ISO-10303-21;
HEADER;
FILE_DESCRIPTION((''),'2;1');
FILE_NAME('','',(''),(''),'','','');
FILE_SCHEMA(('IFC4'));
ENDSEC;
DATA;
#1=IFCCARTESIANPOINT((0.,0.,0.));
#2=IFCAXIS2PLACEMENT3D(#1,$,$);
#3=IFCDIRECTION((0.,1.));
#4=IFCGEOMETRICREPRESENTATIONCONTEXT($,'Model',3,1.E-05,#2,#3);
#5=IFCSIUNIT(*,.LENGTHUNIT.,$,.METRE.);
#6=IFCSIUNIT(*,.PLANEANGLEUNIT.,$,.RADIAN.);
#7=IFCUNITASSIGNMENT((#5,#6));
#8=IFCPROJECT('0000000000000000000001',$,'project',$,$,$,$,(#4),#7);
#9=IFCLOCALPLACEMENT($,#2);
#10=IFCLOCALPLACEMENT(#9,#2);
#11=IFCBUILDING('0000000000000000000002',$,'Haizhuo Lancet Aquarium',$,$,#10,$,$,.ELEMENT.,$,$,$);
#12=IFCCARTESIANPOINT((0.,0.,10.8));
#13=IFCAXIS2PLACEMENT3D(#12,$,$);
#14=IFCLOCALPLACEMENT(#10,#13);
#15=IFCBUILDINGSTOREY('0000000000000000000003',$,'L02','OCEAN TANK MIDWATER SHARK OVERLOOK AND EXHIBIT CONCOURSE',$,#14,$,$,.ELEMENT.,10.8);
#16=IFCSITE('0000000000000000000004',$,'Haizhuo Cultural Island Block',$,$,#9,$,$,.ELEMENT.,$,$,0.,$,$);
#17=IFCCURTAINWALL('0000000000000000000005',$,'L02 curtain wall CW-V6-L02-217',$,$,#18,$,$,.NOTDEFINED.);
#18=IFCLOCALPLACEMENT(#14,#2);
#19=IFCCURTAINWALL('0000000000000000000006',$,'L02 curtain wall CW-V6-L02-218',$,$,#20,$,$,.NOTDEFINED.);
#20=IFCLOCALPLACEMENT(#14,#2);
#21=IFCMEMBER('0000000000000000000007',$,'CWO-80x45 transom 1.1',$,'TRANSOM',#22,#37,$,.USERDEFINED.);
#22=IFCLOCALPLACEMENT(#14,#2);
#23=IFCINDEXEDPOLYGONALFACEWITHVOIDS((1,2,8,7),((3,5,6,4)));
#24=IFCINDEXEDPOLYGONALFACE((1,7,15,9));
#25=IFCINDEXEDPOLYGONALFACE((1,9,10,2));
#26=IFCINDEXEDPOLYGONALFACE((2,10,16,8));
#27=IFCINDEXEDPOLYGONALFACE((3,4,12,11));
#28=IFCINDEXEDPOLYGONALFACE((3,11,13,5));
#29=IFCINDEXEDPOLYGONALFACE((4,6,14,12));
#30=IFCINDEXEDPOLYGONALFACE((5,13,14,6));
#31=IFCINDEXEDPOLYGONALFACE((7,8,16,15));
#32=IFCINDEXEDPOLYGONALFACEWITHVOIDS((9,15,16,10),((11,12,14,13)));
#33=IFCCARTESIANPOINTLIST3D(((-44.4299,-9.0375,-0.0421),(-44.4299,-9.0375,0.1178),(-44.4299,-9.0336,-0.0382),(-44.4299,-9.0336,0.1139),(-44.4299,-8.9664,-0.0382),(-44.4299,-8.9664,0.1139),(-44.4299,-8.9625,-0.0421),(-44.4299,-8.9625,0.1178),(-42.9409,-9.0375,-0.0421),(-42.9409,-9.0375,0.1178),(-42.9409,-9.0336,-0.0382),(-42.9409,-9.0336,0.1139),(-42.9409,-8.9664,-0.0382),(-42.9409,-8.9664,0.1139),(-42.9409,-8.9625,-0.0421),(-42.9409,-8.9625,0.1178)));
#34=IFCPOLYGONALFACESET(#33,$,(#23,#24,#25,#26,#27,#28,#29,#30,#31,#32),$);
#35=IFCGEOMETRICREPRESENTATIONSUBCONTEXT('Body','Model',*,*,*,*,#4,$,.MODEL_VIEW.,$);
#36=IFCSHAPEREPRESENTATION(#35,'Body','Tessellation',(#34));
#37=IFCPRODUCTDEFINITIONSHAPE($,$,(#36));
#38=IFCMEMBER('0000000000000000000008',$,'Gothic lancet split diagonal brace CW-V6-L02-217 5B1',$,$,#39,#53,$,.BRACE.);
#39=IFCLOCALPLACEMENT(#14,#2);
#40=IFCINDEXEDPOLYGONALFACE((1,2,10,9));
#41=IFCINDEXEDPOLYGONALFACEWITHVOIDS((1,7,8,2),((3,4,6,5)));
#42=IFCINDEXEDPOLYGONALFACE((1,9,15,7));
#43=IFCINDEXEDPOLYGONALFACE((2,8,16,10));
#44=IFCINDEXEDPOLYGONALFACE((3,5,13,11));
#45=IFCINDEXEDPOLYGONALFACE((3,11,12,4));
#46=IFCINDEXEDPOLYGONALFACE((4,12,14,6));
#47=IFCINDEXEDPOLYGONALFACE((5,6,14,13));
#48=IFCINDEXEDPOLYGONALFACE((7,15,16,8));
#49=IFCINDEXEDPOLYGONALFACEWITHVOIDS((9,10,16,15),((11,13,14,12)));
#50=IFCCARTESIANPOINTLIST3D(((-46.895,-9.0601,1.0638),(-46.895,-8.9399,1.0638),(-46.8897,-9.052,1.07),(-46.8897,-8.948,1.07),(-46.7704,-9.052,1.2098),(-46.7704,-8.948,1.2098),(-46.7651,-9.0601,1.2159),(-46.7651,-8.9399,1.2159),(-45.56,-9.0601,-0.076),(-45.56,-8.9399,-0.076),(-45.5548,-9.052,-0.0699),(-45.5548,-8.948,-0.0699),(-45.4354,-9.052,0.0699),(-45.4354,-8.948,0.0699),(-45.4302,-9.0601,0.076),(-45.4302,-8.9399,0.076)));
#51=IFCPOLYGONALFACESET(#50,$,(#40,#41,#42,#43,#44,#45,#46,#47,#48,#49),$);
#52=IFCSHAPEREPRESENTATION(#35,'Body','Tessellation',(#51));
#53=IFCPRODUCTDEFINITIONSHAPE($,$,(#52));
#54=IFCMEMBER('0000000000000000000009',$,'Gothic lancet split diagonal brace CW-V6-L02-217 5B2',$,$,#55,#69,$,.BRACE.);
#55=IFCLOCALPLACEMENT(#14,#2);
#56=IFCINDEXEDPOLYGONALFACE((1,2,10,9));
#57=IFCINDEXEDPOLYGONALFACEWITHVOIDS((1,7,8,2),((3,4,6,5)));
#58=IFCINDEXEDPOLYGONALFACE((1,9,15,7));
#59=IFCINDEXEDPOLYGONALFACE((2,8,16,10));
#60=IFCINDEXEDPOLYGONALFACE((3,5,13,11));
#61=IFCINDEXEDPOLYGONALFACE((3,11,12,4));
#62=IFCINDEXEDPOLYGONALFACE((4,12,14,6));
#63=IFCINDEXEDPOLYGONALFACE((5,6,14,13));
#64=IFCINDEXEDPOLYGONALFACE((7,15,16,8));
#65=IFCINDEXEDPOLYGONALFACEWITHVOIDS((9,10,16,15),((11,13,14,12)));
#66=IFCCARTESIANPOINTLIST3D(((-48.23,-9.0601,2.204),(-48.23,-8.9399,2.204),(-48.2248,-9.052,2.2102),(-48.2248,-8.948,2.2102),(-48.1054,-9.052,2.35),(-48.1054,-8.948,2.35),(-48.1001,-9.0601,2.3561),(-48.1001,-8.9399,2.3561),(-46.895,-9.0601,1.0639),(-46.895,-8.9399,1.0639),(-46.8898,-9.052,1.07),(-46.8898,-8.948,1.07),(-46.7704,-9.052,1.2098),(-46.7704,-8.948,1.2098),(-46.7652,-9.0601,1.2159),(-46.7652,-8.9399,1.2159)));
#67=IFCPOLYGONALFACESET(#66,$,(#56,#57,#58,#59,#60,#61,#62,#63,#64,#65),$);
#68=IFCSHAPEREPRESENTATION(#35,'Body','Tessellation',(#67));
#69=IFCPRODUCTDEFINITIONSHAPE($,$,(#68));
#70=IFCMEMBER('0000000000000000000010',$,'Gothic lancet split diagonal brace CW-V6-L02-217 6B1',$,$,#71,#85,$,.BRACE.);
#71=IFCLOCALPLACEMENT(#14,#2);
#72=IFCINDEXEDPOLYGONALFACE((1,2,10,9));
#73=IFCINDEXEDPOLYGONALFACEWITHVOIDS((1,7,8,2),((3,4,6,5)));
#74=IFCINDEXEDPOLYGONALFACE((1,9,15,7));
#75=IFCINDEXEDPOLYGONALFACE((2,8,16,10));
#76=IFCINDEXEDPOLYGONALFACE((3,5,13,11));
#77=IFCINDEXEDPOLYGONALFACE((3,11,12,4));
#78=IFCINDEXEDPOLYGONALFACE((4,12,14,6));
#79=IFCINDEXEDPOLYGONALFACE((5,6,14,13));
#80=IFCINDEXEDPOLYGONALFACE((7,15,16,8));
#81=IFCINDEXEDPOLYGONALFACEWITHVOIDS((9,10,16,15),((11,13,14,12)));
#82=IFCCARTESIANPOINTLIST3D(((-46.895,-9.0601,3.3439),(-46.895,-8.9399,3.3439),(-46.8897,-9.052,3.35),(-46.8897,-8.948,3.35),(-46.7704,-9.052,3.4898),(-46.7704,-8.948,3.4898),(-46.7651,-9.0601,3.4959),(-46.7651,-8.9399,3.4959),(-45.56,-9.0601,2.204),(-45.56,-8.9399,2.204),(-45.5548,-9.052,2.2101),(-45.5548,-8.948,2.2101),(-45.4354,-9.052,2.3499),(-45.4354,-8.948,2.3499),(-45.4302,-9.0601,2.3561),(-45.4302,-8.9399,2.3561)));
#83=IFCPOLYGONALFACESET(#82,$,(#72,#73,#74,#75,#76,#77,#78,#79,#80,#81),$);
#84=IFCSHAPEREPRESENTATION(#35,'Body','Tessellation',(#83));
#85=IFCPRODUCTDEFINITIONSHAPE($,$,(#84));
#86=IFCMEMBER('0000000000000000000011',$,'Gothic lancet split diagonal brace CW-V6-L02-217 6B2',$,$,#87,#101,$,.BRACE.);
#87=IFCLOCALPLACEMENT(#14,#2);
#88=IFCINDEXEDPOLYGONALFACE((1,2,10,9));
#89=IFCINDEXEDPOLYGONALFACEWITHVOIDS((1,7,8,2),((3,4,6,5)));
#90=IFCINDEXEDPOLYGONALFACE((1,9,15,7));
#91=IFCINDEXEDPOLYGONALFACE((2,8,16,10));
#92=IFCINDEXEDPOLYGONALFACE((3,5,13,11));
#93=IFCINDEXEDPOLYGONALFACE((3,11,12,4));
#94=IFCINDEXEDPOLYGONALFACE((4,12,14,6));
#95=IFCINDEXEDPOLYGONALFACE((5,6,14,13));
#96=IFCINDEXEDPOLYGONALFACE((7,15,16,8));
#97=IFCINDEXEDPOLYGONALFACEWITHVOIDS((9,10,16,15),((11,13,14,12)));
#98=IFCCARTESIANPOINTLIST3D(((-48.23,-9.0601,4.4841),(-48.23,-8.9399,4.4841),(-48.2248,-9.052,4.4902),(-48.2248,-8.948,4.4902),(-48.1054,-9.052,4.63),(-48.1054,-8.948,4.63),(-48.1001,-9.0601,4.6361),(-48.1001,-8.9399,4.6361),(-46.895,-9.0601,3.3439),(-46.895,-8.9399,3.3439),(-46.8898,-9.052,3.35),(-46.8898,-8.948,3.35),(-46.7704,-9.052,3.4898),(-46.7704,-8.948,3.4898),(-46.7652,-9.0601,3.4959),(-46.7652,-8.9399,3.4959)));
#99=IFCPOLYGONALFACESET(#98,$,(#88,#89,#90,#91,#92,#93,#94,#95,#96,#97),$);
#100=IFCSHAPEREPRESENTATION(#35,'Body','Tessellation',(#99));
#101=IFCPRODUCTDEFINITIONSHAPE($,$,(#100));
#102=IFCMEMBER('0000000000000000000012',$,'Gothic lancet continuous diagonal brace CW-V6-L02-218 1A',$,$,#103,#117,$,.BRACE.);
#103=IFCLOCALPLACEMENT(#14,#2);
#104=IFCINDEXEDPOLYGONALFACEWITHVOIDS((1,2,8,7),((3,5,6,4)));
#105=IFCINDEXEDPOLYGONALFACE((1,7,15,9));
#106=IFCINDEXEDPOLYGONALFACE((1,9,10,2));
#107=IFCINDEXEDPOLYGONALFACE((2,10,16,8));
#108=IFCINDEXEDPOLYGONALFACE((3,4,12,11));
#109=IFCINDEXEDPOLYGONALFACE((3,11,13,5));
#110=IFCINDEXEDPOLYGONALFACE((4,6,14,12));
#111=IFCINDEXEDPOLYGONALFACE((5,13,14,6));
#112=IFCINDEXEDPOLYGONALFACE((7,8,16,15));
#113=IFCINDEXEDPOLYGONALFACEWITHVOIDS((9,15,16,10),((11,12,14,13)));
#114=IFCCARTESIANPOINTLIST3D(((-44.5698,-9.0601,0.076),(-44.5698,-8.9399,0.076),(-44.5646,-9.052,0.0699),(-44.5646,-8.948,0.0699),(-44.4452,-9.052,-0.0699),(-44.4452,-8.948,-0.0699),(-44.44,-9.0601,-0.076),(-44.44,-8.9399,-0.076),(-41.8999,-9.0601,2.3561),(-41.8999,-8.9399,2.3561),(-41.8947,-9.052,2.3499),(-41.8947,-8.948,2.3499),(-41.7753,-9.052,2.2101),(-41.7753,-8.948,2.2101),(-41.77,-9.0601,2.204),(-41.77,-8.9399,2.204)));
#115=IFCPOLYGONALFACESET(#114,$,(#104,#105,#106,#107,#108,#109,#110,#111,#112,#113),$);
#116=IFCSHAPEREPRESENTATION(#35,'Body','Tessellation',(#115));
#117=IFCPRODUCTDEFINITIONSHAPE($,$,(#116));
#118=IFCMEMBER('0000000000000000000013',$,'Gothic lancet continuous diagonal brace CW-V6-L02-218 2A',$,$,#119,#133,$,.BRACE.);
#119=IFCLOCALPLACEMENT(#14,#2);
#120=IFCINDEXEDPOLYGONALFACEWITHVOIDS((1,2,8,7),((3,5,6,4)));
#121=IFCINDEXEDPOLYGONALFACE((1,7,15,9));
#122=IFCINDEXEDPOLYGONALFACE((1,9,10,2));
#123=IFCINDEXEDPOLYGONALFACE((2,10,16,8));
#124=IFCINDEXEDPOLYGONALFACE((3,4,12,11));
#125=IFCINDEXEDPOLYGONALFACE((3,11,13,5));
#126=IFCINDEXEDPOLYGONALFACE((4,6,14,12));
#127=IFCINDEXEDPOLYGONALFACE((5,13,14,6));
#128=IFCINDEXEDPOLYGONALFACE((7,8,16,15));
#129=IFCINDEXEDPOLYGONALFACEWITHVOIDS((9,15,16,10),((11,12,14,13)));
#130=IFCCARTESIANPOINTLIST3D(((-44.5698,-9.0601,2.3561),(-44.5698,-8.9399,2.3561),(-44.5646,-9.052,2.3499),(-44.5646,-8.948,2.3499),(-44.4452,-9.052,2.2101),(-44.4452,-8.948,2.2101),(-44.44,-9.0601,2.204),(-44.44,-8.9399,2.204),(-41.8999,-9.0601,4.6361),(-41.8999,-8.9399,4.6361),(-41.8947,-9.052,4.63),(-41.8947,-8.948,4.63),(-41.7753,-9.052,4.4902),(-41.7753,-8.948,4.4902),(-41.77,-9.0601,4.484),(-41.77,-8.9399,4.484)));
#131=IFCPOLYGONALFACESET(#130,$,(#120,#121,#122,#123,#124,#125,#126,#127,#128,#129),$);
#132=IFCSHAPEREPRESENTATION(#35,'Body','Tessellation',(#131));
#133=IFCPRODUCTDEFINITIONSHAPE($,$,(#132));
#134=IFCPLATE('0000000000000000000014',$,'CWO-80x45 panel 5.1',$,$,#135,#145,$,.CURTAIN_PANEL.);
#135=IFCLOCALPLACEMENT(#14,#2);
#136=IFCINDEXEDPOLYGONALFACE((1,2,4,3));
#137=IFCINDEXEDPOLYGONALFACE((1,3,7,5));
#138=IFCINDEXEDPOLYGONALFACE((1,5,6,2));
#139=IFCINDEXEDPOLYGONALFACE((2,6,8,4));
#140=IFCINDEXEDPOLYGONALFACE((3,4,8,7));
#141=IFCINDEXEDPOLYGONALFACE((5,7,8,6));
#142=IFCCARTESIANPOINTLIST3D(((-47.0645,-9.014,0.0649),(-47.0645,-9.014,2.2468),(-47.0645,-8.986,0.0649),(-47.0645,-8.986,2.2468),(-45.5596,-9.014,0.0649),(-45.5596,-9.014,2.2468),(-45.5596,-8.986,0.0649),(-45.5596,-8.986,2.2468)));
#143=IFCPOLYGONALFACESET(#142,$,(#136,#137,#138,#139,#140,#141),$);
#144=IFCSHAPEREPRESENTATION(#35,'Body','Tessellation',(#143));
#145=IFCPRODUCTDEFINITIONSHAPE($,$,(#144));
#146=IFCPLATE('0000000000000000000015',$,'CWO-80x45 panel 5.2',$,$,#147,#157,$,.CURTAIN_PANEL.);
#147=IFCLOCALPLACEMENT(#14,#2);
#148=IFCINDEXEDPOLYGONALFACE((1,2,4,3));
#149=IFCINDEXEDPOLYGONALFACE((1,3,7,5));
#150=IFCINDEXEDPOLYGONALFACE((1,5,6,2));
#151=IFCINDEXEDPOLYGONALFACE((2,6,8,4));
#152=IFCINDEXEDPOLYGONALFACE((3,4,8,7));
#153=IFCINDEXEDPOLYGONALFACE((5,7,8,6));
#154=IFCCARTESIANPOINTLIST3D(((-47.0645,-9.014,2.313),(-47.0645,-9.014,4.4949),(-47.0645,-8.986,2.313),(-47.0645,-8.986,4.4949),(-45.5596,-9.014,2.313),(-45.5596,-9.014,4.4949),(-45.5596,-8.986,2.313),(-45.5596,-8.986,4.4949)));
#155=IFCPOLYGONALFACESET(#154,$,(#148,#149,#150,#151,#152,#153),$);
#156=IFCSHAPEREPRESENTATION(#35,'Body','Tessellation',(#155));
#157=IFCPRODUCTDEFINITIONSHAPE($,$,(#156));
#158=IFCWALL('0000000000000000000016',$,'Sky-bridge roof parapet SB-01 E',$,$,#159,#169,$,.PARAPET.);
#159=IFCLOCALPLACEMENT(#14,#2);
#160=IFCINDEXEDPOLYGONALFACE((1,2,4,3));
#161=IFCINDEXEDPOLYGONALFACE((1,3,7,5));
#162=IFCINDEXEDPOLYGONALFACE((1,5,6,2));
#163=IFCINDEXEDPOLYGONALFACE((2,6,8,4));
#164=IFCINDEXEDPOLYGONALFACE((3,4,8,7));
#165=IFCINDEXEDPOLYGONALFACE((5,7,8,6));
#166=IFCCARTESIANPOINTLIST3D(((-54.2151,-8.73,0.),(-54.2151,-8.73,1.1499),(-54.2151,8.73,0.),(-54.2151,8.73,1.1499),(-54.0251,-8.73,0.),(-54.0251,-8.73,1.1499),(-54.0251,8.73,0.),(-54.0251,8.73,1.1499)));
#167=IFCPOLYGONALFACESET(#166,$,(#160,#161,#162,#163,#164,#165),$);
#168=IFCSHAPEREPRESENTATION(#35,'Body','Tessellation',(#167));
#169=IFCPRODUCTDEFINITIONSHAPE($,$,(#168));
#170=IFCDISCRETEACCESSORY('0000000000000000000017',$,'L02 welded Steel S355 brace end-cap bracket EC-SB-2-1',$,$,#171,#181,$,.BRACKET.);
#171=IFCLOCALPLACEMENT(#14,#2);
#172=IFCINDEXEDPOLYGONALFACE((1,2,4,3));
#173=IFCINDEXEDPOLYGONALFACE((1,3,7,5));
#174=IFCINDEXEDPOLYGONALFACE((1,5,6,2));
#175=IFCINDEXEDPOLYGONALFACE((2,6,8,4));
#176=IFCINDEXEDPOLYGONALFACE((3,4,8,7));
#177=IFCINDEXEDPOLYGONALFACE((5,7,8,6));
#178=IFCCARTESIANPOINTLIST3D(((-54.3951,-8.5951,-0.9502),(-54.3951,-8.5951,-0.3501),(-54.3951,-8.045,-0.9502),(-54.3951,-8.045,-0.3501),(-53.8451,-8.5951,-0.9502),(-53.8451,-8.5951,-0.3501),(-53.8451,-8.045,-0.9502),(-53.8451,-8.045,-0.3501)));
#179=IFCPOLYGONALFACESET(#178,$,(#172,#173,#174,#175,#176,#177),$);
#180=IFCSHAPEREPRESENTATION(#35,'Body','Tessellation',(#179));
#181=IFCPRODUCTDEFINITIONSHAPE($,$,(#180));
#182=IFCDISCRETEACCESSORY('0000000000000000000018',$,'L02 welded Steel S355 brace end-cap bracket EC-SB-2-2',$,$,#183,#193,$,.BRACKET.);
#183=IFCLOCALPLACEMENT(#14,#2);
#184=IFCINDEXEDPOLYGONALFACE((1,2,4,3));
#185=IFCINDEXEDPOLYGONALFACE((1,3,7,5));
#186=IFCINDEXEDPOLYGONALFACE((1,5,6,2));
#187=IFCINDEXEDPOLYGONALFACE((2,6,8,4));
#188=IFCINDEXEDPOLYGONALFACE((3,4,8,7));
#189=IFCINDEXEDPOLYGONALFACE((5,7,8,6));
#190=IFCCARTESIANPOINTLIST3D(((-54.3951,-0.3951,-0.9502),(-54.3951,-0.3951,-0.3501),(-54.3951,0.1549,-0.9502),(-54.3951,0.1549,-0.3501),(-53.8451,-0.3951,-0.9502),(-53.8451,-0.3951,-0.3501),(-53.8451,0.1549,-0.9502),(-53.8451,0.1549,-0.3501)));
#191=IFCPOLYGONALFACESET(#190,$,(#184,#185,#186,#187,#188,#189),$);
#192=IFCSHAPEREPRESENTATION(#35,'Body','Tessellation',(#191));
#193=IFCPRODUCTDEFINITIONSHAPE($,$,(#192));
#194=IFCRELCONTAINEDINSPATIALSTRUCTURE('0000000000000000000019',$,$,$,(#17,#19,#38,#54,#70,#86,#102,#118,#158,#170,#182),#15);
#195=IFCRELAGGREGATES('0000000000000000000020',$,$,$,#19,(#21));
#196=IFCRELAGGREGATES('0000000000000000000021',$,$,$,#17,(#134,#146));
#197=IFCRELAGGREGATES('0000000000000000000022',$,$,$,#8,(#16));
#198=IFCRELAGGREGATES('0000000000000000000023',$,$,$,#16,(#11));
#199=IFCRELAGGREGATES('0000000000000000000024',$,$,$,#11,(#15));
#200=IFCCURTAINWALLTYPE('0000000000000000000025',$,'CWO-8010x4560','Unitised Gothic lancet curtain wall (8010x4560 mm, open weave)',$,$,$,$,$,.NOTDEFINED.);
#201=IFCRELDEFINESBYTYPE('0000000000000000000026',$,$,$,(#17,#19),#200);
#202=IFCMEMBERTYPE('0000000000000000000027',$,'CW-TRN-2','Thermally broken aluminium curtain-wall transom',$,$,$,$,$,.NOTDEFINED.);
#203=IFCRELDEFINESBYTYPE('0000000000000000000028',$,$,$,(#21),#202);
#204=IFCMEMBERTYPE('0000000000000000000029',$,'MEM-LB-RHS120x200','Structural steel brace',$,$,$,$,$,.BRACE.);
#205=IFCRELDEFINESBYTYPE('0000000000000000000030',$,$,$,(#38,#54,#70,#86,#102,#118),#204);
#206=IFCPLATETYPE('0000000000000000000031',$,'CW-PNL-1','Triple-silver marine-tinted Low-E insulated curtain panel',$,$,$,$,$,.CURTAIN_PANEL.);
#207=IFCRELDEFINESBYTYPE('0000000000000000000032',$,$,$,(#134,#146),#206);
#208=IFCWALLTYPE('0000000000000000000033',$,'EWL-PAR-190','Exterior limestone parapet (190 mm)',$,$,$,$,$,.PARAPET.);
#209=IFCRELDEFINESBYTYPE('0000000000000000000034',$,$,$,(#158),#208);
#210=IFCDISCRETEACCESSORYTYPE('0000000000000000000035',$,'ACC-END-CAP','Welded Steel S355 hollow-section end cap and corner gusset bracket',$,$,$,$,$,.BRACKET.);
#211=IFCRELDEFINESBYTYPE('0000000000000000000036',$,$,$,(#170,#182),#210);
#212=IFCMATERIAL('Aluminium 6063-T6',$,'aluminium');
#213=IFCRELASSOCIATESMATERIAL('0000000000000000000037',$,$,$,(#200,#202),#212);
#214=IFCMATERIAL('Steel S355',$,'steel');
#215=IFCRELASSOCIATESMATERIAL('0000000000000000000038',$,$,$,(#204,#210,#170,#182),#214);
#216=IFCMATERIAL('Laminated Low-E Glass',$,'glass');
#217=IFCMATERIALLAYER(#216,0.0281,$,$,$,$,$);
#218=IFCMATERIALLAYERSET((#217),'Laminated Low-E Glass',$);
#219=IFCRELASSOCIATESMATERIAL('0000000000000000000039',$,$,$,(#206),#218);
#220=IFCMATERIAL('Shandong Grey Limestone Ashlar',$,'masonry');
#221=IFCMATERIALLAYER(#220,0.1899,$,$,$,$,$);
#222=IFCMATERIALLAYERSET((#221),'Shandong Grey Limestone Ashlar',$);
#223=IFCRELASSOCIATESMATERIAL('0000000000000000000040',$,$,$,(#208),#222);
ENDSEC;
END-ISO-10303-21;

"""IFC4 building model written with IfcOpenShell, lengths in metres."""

from ifc_helpers import new_model, si_unit, direction, frame, frame_2d, origin, origin_2d, place, context, subcontext, project, spatial, rectangle, hollow_rectangle, extrude, material, layer, layer_set, material_profile, profile_set, type_object, element, aggregate, save


model = new_model("IFC4")

# Units and contexts
model_context = context("Model", 3, precision=1e-05, world=origin(), true_north=direction((0.0, 1.0)))
body_context = subcontext(model_context, "Body", "Model", "MODEL_VIEW")
ifc_project = project(units=[si_unit("LENGTHUNIT", "METRE"), si_unit("PLANEANGLEUNIT", "RADIAN")], contexts=[model_context])

# Site, building, storey
site_placement = place(None, origin())
site = spatial("IfcSite", under=ifc_project, at=site_placement, Name="Haizhuo Cultural Island Block", CompositionType="ELEMENT", RefElevation=0.0)
building_placement = place(site_placement, origin())
building = spatial("IfcBuilding", under=site, at=building_placement, Name="Haizhuo Lancet Aquarium", CompositionType="ELEMENT")
storey_placement = place(building_placement, frame((0.0, 0.0, 10.8)))
storey = spatial("IfcBuildingStorey", under=building, at=storey_placement, Name="L02", Description="OCEAN TANK MIDWATER SHARK OVERLOOK AND EXHIBIT CONCOURSE", CompositionType="ELEMENT", Elevation=10.8)

# Shared definitions
ifc_material_1 = material(Name="Steel S355", Category="steel")

# Curtain wall
ifc_material_2 = material(Name="Aluminium 6063-T6", Category="aluminium")
curtain_wall_type = type_object("IfcCurtainWallType", Name="CWO-8010x4560", Description="Unitised Gothic lancet curtain wall (8010x4560 mm, open weave)", PredefinedType="NOTDEFINED", material=ifc_material_2)
curtain_wall_1_placement = place(storey_placement, origin())
curtain_wall_1 = element("IfcCurtainWall", 1, at=curtain_wall_1_placement, inside=storey, type_object=curtain_wall_type, Name="L02 curtain wall CW-V6-L02-217", PredefinedType="NOTDEFINED")

# Curtain wall
curtain_wall_2_placement = place(storey_placement, origin())
curtain_wall_2 = element("IfcCurtainWall", 2, at=curtain_wall_2_placement, inside=storey, type_object=curtain_wall_type, Name="L02 curtain wall CW-V6-L02-218", PredefinedType="NOTDEFINED")

# Member
ifc_material_profile_1 = material_profile(ifc_material_2, hollow_rectangle(XDim=0.075, YDim=0.1599, WallThickness=0.0039, at=origin_2d()), Name="ALU-T 75x160x4")
ifc_profile_set_1 = profile_set([ifc_material_profile_1], Name="Aluminium 6063-T6")
member_type_1 = type_object("IfcMemberType", Name="CW-TRN-2", Description="Thermally broken aluminium curtain-wall transom", PredefinedType="NOTDEFINED", material=ifc_profile_set_1)
member_1_placement = place(storey_placement, frame((-44.4299, -9.0, 0.0378), z_axis=(1.0, 0.0, 0.0), x_axis=(0.0, 1.0, 0.0)))
member_1 = element("IfcMember", 3, at=member_1_placement, type_object=member_type_1, Name="CWO-80x45 transom 1.1", ObjectType="TRANSOM", PredefinedType="USERDEFINED", context=body_context, shape_type="SweptSolid", body=[
    extrude(hollow_rectangle(XDim=0.075, YDim=0.1599, WallThickness=0.0039, at=origin_2d()), origin(), (0.0, 0.0, 1.0), 1.489),
])
aggregate(curtain_wall_2, [member_1])

# Members
ifc_material_profile_2 = material_profile(ifc_material_1, hollow_rectangle(XDim=0.1201, YDim=0.2, WallThickness=0.0081, at=origin_2d()), Name="RHS 120x200x8")
ifc_profile_set_2 = profile_set([ifc_material_profile_2], Name="Steel S355")
member_type_2 = type_object("IfcMemberType", Name="MEM-LB-RHS120x200", Description="Structural steel brace", PredefinedType="BRACE", material=ifc_profile_set_2)
member_2_placement = place(storey_placement, frame((-45.4951, -9.0, 0.0), z_axis=(-0.760482, 0.0, 0.649359), x_axis=(0.0, -1.0, 0.0)))
element("IfcMember", 4, at=member_2_placement, inside=storey, type_object=member_type_2, Name="Gothic lancet split diagonal brace CW-V6-L02-217 5B1", PredefinedType="BRACE", context=body_context, shape_type="SweptSolid", body=[
    extrude(hollow_rectangle(XDim=0.1201, YDim=0.2, WallThickness=0.0081, at=origin_2d()), origin(), (0.0, 0.0, 1.0), 1.7554),
])
member_3_placement = place(storey_placement, frame((-46.8301, -9.0, 1.1399), z_axis=(-0.760414, 0.0, 0.649439), x_axis=(0.0, -1.0, 0.0)))
element("IfcMember", 5, at=member_3_placement, inside=storey, type_object=member_type_2, Name="Gothic lancet split diagonal brace CW-V6-L02-217 5B2", PredefinedType="BRACE", context=body_context, shape_type="SweptSolid", body=[
    extrude(hollow_rectangle(XDim=0.1201, YDim=0.2, WallThickness=0.0081, at=origin_2d()), origin(), (0.0, 0.0, 1.0), 1.7556),
])
member_4_placement = place(storey_placement, frame((-45.4951, -9.0, 2.28), z_axis=(-0.760482, 0.0, 0.649359), x_axis=(0.0, -1.0, 0.0)))
element("IfcMember", 6, at=member_4_placement, inside=storey, type_object=member_type_2, Name="Gothic lancet split diagonal brace CW-V6-L02-217 6B1", PredefinedType="BRACE", context=body_context, shape_type="SweptSolid", body=[
    extrude(hollow_rectangle(XDim=0.1201, YDim=0.2, WallThickness=0.0081, at=origin_2d()), origin(), (0.0, 0.0, 1.0), 1.7554),
])
member_5_placement = place(storey_placement, frame((-46.8301, -9.0, 3.4199), z_axis=(-0.760414, 0.0, 0.649439), x_axis=(0.0, -1.0, 0.0)))
element("IfcMember", 7, at=member_5_placement, inside=storey, type_object=member_type_2, Name="Gothic lancet split diagonal brace CW-V6-L02-217 6B2", PredefinedType="BRACE", context=body_context, shape_type="SweptSolid", body=[
    extrude(hollow_rectangle(XDim=0.1201, YDim=0.2, WallThickness=0.0081, at=origin_2d()), origin(), (0.0, 0.0, 1.0), 1.7556),
])
for number, where, z_axis, x_axis, name in (
    (8, (-44.5049, -9.0, 0.0), (0.760448, 0.0, 0.649399), (0.0, 1.0, 0.0), "Gothic lancet continuous diagonal brace CW-V6-L02-218 1A"),
    (9, (-44.5049, -9.0, 2.28), (0.760448, 0.0, 0.649399), (0.0, 1.0, 0.0), "Gothic lancet continuous diagonal brace CW-V6-L02-218 2A"),
):
    element("IfcMember", number, at=place(storey_placement, frame(where, z_axis=z_axis, x_axis=x_axis)), inside=storey, type_object=member_type_2, Name=name, PredefinedType="BRACE", context=body_context, shape_type="SweptSolid", body=[
        extrude(hollow_rectangle(XDim=0.1201, YDim=0.2, WallThickness=0.0081, at=origin_2d()), origin(), (0.0, 0.0, 1.0), 3.511),
    ])

# Plates
ifc_material_3 = material(Name="Laminated Low-E Glass", Category="glass")
ifc_layer_1 = layer(ifc_material_3, 0.0281)
ifc_layer_set_1 = layer_set([ifc_layer_1], Name="Laminated Low-E Glass")
plate_type = type_object("IfcPlateType", Name="CW-PNL-1", Description="Triple-silver marine-tinted Low-E insulated curtain panel", PredefinedType="CURTAIN_PANEL", material=ifc_layer_set_1)
plate_1_placement = place(storey_placement, frame((-46.312, -9.0, 0.0649), z_axis=(0.0, 0.0, 1.0), x_axis=(1.0, 0.0, 0.0)))
plate_1 = element("IfcPlate", 10, at=plate_1_placement, type_object=plate_type, Name="CWO-80x45 panel 5.1", PredefinedType="CURTAIN_PANEL", context=body_context, shape_type="SweptSolid", body=[
    extrude(rectangle(XDim=1.5049, YDim=0.0281, at=origin_2d()), origin(), (0.0, 0.0, 1.0), 2.1819),
])
plate_2_placement = place(storey_placement, frame((-46.312, -9.0, 2.313), z_axis=(0.0, 0.0, 1.0), x_axis=(1.0, 0.0, 0.0)))
plate_2 = element("IfcPlate", 11, at=plate_2_placement, type_object=plate_type, Name="CWO-80x45 panel 5.2", PredefinedType="CURTAIN_PANEL", context=body_context, shape_type="SweptSolid", body=[
    extrude(rectangle(XDim=1.5049, YDim=0.0281, at=origin_2d()), origin(), (0.0, 0.0, 1.0), 2.1819),
])
aggregate(curtain_wall_1, [plate_1, plate_2])

# Wall
ifc_material_4 = material(Name="Shandong Grey Limestone Ashlar", Category="masonry")
ifc_layer_2 = layer(ifc_material_4, 0.1899)
ifc_layer_set_2 = layer_set([ifc_layer_2], Name="Shandong Grey Limestone Ashlar")
wall_type = type_object("IfcWallType", Name="EWL-PAR-190", Description="Exterior limestone parapet (190 mm)", PredefinedType="PARAPET", material=ifc_layer_set_2)
wall_placement = place(storey_placement, frame((-54.1201, -8.73, 0.0), z_axis=(0.0, 0.0, 1.0), x_axis=(0.0, 1.0, 0.0)))
element("IfcWall", 12, at=wall_placement, inside=storey, type_object=wall_type, Name="Sky-bridge roof parapet SB-01 E", PredefinedType="PARAPET", context=body_context, shape_type="SweptSolid", body=[
    extrude(rectangle(XDim=17.46, YDim=0.1899, at=frame_2d((8.73, 0.0))), origin(), (0.0, 0.0, 1.0), 1.1499),
])

# Discrete accessories
discrete_accessory_type = type_object("IfcDiscreteAccessoryType", Name="ACC-END-CAP", Description="Welded Steel S355 hollow-section end cap and corner gusset bracket", PredefinedType="BRACKET", material=ifc_material_1)
for number, where, z_axis, x_axis, name in (
    (13, (-54.1201, -8.3201, -0.9502), (0.0, 0.0, 1.0), (1.0, 0.0, 0.0), "L02 welded Steel S355 brace end-cap bracket EC-SB-2-1"),
    (14, (-54.1201, -0.1201, -0.9502), (0.0, 0.0, 1.0), (1.0, 0.0, 0.0), "L02 welded Steel S355 brace end-cap bracket EC-SB-2-2"),
):
    element("IfcDiscreteAccessory", number, at=place(storey_placement, frame(where, z_axis=z_axis, x_axis=x_axis)), inside=storey, type_object=discrete_accessory_type, material=ifc_material_1, Name=name, PredefinedType="BRACKET", context=body_context, shape_type="SweptSolid", body=[
        extrude(rectangle(XDim=0.55, YDim=0.55, at=origin_2d()), origin(), (0.0, 0.0, 1.0), 0.6001),
    ])

save(model, "model.ifc")
